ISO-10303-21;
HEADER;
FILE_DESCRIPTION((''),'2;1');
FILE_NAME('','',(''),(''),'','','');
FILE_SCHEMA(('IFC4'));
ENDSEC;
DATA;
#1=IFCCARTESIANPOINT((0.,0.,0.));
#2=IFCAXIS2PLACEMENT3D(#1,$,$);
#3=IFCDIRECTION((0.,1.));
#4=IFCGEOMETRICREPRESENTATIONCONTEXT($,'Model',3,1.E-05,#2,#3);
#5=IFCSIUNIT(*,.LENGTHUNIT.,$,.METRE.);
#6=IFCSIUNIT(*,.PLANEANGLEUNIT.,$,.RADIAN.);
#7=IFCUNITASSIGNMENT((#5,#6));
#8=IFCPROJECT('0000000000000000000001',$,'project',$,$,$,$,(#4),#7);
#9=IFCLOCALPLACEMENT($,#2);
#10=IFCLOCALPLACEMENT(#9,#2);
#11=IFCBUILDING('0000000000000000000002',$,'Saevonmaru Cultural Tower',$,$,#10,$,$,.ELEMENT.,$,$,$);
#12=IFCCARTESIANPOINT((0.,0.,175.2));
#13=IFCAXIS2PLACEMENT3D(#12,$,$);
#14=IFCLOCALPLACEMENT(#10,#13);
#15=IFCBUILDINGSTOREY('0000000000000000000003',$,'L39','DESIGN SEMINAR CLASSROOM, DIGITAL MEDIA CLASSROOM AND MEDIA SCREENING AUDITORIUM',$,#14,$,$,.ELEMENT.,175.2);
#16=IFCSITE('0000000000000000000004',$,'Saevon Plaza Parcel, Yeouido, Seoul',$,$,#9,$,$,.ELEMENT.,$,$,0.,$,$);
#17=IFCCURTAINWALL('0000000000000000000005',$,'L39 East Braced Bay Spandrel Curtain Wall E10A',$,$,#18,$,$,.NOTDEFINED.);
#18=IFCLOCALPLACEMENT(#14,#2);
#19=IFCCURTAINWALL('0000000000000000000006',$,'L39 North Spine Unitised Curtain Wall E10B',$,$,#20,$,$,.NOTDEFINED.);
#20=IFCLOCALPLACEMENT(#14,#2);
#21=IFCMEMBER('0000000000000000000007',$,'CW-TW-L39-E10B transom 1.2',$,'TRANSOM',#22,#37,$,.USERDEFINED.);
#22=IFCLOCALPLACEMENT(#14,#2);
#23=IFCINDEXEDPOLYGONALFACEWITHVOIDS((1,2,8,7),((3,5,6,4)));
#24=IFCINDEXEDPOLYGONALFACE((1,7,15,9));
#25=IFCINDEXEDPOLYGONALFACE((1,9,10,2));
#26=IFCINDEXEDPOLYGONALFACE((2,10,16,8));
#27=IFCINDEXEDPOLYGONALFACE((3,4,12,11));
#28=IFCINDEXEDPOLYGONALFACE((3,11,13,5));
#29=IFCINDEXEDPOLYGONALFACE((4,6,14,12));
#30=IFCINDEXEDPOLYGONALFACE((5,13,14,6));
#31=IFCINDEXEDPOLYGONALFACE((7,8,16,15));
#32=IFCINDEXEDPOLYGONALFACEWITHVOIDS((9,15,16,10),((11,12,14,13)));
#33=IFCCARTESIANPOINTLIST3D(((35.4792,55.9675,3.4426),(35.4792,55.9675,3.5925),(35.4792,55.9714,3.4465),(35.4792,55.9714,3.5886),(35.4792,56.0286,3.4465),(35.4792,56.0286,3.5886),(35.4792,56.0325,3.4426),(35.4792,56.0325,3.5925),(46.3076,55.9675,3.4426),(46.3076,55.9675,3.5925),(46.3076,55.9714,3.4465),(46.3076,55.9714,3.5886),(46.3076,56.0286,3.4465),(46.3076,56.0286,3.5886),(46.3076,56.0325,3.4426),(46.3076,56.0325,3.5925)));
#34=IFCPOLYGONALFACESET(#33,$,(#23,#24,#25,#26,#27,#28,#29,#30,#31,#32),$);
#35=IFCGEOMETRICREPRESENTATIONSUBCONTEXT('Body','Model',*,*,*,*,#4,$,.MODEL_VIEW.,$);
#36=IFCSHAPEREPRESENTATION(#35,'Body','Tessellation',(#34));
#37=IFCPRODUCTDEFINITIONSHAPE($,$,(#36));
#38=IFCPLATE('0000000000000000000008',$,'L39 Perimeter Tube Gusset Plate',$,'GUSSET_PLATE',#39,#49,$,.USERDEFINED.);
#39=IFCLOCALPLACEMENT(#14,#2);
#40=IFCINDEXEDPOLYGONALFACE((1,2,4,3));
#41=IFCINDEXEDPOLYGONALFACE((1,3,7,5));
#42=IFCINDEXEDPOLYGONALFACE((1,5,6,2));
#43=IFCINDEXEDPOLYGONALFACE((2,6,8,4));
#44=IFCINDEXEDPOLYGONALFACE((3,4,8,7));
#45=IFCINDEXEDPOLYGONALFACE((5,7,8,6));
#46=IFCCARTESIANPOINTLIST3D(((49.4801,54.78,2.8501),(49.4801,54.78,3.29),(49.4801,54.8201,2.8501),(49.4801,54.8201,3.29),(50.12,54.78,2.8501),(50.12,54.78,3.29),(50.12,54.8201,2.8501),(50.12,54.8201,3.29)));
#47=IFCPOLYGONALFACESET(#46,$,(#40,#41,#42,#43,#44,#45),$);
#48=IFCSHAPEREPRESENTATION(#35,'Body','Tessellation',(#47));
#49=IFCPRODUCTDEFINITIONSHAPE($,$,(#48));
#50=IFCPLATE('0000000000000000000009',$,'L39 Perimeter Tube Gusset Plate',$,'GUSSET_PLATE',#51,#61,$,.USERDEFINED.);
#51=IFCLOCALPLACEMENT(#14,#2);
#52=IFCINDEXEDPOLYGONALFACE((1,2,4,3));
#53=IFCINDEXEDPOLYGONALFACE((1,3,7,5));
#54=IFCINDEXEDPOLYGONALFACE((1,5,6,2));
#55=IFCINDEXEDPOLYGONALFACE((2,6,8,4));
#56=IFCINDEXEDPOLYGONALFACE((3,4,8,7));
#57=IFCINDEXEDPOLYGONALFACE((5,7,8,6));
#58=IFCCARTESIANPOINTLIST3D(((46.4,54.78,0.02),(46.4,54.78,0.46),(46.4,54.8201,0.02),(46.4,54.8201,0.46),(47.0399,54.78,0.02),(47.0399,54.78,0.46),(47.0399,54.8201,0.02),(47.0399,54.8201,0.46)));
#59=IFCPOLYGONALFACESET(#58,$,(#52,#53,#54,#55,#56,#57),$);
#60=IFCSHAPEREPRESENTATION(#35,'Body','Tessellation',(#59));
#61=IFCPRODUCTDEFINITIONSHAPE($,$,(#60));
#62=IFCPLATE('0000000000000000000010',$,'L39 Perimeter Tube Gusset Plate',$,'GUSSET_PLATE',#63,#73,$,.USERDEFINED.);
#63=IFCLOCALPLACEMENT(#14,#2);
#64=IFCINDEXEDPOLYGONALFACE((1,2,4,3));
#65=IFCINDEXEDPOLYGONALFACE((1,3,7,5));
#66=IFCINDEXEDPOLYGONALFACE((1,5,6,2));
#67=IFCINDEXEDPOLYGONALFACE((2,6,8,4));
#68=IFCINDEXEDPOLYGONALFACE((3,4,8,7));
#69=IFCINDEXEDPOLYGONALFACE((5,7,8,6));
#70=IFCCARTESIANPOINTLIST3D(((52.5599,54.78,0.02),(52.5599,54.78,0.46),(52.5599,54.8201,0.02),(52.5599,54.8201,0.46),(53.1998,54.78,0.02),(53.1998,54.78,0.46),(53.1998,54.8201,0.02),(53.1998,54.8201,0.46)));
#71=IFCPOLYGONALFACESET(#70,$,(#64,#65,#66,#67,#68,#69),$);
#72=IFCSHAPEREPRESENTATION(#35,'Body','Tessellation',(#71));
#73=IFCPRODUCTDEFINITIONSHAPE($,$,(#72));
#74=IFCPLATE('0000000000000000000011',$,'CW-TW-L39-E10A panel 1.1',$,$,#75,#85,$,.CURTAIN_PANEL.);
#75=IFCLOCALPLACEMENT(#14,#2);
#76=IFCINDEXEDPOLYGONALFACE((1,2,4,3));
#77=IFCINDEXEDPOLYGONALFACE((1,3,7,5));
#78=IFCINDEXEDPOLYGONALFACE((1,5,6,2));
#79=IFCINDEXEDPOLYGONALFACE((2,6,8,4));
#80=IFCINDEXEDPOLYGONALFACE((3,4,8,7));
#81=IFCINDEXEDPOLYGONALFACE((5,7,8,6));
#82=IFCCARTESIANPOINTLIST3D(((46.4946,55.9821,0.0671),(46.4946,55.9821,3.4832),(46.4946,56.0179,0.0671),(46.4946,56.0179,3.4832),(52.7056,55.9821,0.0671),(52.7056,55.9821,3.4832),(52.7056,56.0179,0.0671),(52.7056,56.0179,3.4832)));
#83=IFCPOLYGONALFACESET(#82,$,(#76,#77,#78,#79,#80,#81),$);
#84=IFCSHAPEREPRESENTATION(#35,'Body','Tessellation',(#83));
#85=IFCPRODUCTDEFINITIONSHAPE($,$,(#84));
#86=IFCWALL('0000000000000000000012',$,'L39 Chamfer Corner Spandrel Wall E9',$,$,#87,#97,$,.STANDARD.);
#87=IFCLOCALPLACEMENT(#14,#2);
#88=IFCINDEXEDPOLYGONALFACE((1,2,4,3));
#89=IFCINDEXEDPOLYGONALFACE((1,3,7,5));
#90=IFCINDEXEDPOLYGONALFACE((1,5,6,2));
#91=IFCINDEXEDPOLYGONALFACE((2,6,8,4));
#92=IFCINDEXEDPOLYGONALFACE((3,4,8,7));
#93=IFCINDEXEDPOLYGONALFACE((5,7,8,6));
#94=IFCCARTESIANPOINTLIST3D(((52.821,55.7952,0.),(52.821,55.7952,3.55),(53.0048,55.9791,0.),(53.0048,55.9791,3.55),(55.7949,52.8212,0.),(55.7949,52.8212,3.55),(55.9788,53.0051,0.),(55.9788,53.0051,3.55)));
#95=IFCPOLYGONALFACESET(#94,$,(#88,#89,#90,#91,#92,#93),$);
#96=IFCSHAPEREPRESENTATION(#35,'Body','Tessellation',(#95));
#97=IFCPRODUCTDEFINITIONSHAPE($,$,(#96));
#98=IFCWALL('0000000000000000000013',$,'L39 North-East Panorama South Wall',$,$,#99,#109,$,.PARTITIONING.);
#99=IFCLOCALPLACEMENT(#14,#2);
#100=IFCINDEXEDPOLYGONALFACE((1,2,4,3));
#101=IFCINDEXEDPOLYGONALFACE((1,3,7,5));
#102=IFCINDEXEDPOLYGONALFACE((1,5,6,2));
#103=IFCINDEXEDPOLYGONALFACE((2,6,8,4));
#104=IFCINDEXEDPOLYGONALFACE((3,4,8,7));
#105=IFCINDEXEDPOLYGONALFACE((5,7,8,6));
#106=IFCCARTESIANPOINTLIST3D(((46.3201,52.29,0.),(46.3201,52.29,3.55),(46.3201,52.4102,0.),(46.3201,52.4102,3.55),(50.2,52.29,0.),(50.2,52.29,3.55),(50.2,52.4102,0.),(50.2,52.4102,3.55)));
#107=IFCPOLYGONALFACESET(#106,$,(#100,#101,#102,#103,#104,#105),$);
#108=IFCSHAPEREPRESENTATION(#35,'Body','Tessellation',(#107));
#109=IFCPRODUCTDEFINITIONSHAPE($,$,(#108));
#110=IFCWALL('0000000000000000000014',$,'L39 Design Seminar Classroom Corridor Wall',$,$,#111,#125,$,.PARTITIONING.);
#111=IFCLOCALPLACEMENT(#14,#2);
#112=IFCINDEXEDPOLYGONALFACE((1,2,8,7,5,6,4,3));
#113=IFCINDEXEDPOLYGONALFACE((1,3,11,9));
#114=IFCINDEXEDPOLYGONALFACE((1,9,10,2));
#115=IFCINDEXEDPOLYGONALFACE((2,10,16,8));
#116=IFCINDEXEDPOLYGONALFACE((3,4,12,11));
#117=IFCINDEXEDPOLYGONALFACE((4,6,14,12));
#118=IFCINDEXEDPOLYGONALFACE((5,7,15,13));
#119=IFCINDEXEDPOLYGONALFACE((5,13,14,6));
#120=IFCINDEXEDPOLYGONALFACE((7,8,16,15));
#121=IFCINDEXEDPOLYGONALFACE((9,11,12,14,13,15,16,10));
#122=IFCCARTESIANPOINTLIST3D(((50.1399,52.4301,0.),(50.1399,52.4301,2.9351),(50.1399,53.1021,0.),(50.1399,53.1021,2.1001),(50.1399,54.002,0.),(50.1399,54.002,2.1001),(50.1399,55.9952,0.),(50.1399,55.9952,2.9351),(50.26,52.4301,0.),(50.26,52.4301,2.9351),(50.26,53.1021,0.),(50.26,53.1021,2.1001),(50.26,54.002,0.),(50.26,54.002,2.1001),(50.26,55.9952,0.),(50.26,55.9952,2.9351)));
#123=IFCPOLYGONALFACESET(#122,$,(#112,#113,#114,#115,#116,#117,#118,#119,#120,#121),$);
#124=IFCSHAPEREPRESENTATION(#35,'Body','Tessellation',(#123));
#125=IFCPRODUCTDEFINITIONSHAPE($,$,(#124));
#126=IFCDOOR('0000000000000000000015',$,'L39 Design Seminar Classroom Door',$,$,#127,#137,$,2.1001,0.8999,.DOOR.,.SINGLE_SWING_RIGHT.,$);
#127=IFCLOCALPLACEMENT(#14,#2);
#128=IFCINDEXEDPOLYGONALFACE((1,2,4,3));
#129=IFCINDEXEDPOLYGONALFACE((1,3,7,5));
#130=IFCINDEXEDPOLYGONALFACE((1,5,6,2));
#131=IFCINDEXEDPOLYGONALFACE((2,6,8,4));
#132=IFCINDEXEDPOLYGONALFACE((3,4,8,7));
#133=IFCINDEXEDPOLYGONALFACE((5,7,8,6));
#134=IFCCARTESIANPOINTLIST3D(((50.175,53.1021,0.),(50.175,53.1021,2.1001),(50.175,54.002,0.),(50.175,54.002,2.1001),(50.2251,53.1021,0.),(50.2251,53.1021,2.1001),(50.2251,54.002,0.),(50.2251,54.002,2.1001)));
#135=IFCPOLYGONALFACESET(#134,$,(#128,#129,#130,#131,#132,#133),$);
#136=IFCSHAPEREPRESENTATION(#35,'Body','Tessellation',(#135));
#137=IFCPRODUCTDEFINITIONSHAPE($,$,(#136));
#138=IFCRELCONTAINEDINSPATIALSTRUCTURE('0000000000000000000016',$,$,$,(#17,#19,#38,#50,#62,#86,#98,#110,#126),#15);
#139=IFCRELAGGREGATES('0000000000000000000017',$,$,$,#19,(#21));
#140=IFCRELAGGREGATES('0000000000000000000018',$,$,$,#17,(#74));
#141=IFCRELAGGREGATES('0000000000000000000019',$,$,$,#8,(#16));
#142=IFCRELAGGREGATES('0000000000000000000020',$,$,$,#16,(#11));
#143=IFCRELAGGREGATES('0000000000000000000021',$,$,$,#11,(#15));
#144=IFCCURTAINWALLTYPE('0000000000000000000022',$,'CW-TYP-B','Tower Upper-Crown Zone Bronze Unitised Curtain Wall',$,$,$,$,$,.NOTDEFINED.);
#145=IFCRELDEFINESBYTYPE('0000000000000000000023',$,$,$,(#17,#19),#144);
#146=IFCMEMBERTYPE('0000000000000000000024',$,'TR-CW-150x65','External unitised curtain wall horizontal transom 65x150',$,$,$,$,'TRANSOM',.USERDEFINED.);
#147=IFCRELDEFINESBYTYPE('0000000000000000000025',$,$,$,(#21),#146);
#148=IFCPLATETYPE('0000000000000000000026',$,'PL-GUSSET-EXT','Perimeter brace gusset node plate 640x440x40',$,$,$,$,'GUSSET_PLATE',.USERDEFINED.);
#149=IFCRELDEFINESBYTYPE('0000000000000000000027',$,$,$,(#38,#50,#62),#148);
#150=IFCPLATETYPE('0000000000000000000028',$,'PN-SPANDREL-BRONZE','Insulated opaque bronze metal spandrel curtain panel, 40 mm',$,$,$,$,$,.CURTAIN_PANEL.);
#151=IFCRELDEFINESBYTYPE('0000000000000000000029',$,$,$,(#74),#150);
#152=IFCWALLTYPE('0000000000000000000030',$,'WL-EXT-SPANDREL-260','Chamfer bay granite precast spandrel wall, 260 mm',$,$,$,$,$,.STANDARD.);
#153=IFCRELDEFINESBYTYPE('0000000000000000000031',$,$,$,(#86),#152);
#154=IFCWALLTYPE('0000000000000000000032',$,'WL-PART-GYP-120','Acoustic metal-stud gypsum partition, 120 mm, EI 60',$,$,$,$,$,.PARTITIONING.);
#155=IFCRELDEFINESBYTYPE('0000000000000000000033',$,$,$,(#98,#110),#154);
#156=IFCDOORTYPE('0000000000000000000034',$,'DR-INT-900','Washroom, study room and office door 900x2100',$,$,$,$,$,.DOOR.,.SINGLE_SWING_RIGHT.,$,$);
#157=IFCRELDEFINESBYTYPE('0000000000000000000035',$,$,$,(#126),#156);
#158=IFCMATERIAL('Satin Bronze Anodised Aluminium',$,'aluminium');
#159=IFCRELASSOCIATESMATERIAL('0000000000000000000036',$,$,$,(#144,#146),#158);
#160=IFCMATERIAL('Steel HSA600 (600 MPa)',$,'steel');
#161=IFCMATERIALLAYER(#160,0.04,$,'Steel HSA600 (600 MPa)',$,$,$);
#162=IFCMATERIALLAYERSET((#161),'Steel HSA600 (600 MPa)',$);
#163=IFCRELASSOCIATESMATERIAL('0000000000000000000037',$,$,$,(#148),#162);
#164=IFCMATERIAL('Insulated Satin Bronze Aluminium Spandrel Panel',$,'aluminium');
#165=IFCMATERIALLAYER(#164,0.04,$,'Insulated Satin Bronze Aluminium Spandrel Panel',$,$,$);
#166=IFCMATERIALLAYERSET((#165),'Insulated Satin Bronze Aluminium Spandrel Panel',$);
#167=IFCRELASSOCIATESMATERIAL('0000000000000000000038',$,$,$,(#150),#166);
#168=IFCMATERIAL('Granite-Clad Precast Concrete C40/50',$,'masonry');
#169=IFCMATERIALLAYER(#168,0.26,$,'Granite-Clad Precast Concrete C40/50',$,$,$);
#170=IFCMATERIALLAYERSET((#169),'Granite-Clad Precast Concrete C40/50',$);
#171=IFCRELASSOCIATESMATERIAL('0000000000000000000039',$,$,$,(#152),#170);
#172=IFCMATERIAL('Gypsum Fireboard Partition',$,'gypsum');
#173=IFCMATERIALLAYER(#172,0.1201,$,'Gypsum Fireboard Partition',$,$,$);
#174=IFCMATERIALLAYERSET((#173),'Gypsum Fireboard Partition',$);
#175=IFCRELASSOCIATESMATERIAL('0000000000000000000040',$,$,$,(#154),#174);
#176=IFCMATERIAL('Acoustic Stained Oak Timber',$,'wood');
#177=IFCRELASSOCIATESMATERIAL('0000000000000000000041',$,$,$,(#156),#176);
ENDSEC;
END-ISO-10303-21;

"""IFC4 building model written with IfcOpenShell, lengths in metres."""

from ifc_helpers import new_model, si_unit, direction, frame, frame_2d, origin, origin_2d, place, context, subcontext, project, spatial, rectangle, hollow_rectangle, extrude, material, layer, layer_set, material_profile, profile_set, type_object, element, fill, aggregate, save


model = new_model("IFC4")

# Units and contexts
model_context = context("Model", 3, precision=1e-05, world=origin(), true_north=direction((0.0, 1.0)))
body_context = subcontext(model_context, "Body", "Model", "MODEL_VIEW")
ifc_project = project(units=[si_unit("LENGTHUNIT", "METRE"), si_unit("PLANEANGLEUNIT", "RADIAN")], contexts=[model_context])

# Site, building, storey
site_placement = place(None, origin())
site = spatial("IfcSite", under=ifc_project, at=site_placement, Name="Saevon Plaza Parcel, Yeouido, Seoul", CompositionType="ELEMENT", RefElevation=0.0)
building_placement = place(site_placement, origin())
building = spatial("IfcBuilding", under=site, at=building_placement, Name="Saevonmaru Cultural Tower", CompositionType="ELEMENT")
storey_placement = place(building_placement, frame((0.0, 0.0, 175.2)))
storey = spatial("IfcBuildingStorey", under=building, at=storey_placement, Name="L39", Description="DESIGN SEMINAR CLASSROOM, DIGITAL MEDIA CLASSROOM AND MEDIA SCREENING AUDITORIUM", CompositionType="ELEMENT", Elevation=175.2)

# Shared definitions
ifc_material_1 = material(Name="Satin Bronze Anodised Aluminium", Category="aluminium")
curtain_wall_type = type_object("IfcCurtainWallType", Name="CW-TYP-B", Description="Tower Upper-Crown Zone Bronze Unitised Curtain Wall", PredefinedType="NOTDEFINED", material=ifc_material_1)

# Curtain wall
curtain_wall_1_placement = place(storey_placement, origin())
curtain_wall_1 = element("IfcCurtainWall", 1, at=curtain_wall_1_placement, inside=storey, type_object=curtain_wall_type, Name="L39 East Braced Bay Spandrel Curtain Wall E10A", PredefinedType="NOTDEFINED")

# Curtain wall
curtain_wall_2_placement = place(storey_placement, origin())
curtain_wall_2 = element("IfcCurtainWall", 2, at=curtain_wall_2_placement, inside=storey, type_object=curtain_wall_type, Name="L39 North Spine Unitised Curtain Wall E10B", PredefinedType="NOTDEFINED")

# Member
ifc_material_profile_1 = material_profile(ifc_material_1, hollow_rectangle(XDim=0.0649, YDim=0.1499, WallThickness=0.0039, at=origin_2d()), Name="ALU-TRAN-150x65x4")
ifc_profile_set_1 = profile_set([ifc_material_profile_1], Name="Satin Bronze Anodised Aluminium")
member_type_1 = type_object("IfcMemberType", Name="TR-CW-150x65", Description="External unitised curtain wall horizontal transom 65x150", ElementType="TRANSOM", PredefinedType="USERDEFINED", material=ifc_profile_set_1)
member_1_placement = place(storey_placement, frame((46.3076, 56.0, 3.5176), z_axis=(-1.0, 0.0, 0.0), x_axis=(0.0, -1.0, 0.0)))
member_1 = element("IfcMember", 3, at=member_1_placement, type_object=member_type_1, Name="CW-TW-L39-E10B transom 1.2", ObjectType="TRANSOM", PredefinedType="USERDEFINED", context=body_context, shape_type="SweptSolid", body=[
    extrude(hollow_rectangle(XDim=0.0649, YDim=0.1499, WallThickness=0.0039, at=origin_2d()), origin(), (0.0, 0.0, 1.0), 10.8284),
])
aggregate(curtain_wall_2, [member_1])

# Plates
ifc_material_2 = material(Name="Steel HSA600 (600 MPa)", Category="steel")
ifc_layer_1 = layer(ifc_material_2, 0.04, Name="Steel HSA600 (600 MPa)")
ifc_layer_set_1 = layer_set([ifc_layer_1], Name="Steel HSA600 (600 MPa)")
plate_type_1 = type_object("IfcPlateType", Name="PL-GUSSET-EXT", Description="Perimeter brace gusset node plate 640x440x40", ElementType="GUSSET_PLATE", PredefinedType="USERDEFINED", material=ifc_layer_set_1)
for number, where, z_axis, x_axis, name in (
    (4, (49.8, 54.8, 2.8501), (0.0, 0.0, 1.0), (1.0, 0.0, 0.0), "L39 Perimeter Tube Gusset Plate"),
    (5, (46.72, 54.8, 0.02), (0.0, 0.0, 1.0), (1.0, 0.0, 0.0), "L39 Perimeter Tube Gusset Plate"),
    (6, (52.8799, 54.8, 0.02), (0.0, 0.0, 1.0), (1.0, 0.0, 0.0), "L39 Perimeter Tube Gusset Plate"),
):
    element("IfcPlate", number, at=place(storey_placement, frame(where, z_axis=z_axis, x_axis=x_axis)), inside=storey, type_object=plate_type_1, Name=name, ObjectType="GUSSET_PLATE", PredefinedType="USERDEFINED", context=body_context, shape_type="SweptSolid", body=[
        extrude(rectangle(XDim=0.6399, YDim=0.04, at=origin_2d()), origin(), (0.0, 0.0, 1.0), 0.4399),
    ])

# Plate
ifc_material_3 = material(Name="Insulated Satin Bronze Aluminium Spandrel Panel", Category="aluminium")
ifc_layer_2 = layer(ifc_material_3, 0.04, Name="Insulated Satin Bronze Aluminium Spandrel Panel")
ifc_layer_set_2 = layer_set([ifc_layer_2], Name="Insulated Satin Bronze Aluminium Spandrel Panel")
plate_type_2 = type_object("IfcPlateType", Name="PN-SPANDREL-BRONZE", Description="Insulated opaque bronze metal spandrel curtain panel, 40 mm", PredefinedType="CURTAIN_PANEL", material=ifc_layer_set_2)
plate_placement = place(storey_placement, frame((49.6001, 56.0, 0.0671), z_axis=(0.0, 0.0, 1.0), x_axis=(-1.0, 0.0, 0.0)))
plate = element("IfcPlate", 7, at=plate_placement, type_object=plate_type_2, Name="CW-TW-L39-E10A panel 1.1", PredefinedType="CURTAIN_PANEL", context=body_context, shape_type="SweptSolid", body=[
    extrude(rectangle(XDim=6.2109, YDim=0.0359, at=origin_2d()), origin(), (0.0, 0.0, 1.0), 3.416),
])
aggregate(curtain_wall_1, [plate])

# Walls
ifc_material_4 = material(Name="Granite-Clad Precast Concrete C40/50", Category="masonry")
ifc_layer_3 = layer(ifc_material_4, 0.26, Name="Granite-Clad Precast Concrete C40/50")
ifc_layer_set_3 = layer_set([ifc_layer_3], Name="Granite-Clad Precast Concrete C40/50")
wall_type_1 = type_object("IfcWallType", Name="WL-EXT-SPANDREL-260", Description="Chamfer bay granite precast spandrel wall, 260 mm", PredefinedType="STANDARD", material=ifc_layer_set_3)
wall_1_placement = place(storey_placement, frame((55.887, 52.9131, 0.0), z_axis=(0.0, 0.0, 1.0), x_axis=(-0.707107, 0.707107, 0.0)))
element("IfcWall", 8, at=wall_1_placement, inside=storey, type_object=wall_type_1, Name="L39 Chamfer Corner Spandrel Wall E9", PredefinedType="STANDARD", context=body_context, shape_type="SweptSolid", body=[
    extrude(rectangle(XDim=4.2058, YDim=0.26, at=frame_2d((2.103, 0.0))), origin(), (0.0, 0.0, 1.0), 3.55),
])
ifc_material_5 = material(Name="Gypsum Fireboard Partition", Category="gypsum")
ifc_layer_4 = layer(ifc_material_5, 0.1201, Name="Gypsum Fireboard Partition")
ifc_layer_set_4 = layer_set([ifc_layer_4], Name="Gypsum Fireboard Partition")
wall_type_2 = type_object("IfcWallType", Name="WL-PART-GYP-120", Description="Acoustic metal-stud gypsum partition, 120 mm, EI 60", PredefinedType="PARTITIONING", material=ifc_layer_set_4)
wall_2_placement = place(storey_placement, frame((46.3201, 52.3501, 0.0), z_axis=(0.0, 0.0, 1.0), x_axis=(1.0, 0.0, 0.0)))
element("IfcWall", 9, at=wall_2_placement, inside=storey, type_object=wall_type_2, Name="L39 North-East Panorama South Wall", PredefinedType="PARTITIONING", context=body_context, shape_type="SweptSolid", body=[
    extrude(rectangle(XDim=3.8799, YDim=0.1201, at=frame_2d((1.9399, 0.0))), origin(), (0.0, 0.0, 1.0), 3.55),
])

# Wall, opening, door
wall_3_placement = place(storey_placement, frame((50.2, 52.4299, 0.0), z_axis=(0.0, 0.0, 1.0), x_axis=(0.0, 1.0, 0.0)))
wall_3 = element("IfcWall", 10, at=wall_3_placement, inside=storey, type_object=wall_type_2, Name="L39 Design Seminar Classroom Corridor Wall", PredefinedType="PARTITIONING", context=body_context, shape_type="SweptSolid", body=[
    extrude(rectangle(XDim=3.5652, YDim=0.1201, at=frame_2d((1.7827, 0.0))), origin(), (0.0, 0.0, 1.0), 2.9351),
])
opening_placement = place(wall_3_placement, frame((0.6721, 0.0, 0.0)))
opening = element("IfcOpeningElement", 11, at=opening_placement, cuts=wall_3, PredefinedType="OPENING", context=body_context, shape_type="SweptSolid", body=[
    extrude(rectangle(XDim=0.8999, YDim=2.1001, at=frame_2d((0.45, 1.05))), frame((0.0, 0.0701, 0.0), z_axis=(0.0, -1.0, 0.0), x_axis=(1.0, 0.0, 0.0)), (0.0, 0.0, 1.0), 0.1401),
])
ifc_material_6 = material(Name="Acoustic Stained Oak Timber", Category="wood")
door_type = type_object("IfcDoorType", Name="DR-INT-900", Description="Washroom, study room and office door 900x2100", OperationType="SINGLE_SWING_RIGHT", PredefinedType="DOOR", material=ifc_material_6)
door_placement = place(opening_placement, origin())
door = element("IfcDoor", 12, at=door_placement, inside=storey, type_object=door_type, Name="L39 Design Seminar Classroom Door", OperationType="SINGLE_SWING_RIGHT", OverallHeight=2.1001, OverallWidth=0.8999, PredefinedType="DOOR", context=body_context, shape_type="SweptSolid", body=[
    extrude(rectangle(XDim=0.8999, YDim=2.1001, at=frame_2d((0.45, 1.05))), frame((0.0, 0.0249, 0.0), z_axis=(0.0, -1.0, 0.0), x_axis=(1.0, 0.0, 0.0)), (0.0, 0.0, 1.0), 0.05),
])
fill(opening, door)

save(model, "model.ifc")
